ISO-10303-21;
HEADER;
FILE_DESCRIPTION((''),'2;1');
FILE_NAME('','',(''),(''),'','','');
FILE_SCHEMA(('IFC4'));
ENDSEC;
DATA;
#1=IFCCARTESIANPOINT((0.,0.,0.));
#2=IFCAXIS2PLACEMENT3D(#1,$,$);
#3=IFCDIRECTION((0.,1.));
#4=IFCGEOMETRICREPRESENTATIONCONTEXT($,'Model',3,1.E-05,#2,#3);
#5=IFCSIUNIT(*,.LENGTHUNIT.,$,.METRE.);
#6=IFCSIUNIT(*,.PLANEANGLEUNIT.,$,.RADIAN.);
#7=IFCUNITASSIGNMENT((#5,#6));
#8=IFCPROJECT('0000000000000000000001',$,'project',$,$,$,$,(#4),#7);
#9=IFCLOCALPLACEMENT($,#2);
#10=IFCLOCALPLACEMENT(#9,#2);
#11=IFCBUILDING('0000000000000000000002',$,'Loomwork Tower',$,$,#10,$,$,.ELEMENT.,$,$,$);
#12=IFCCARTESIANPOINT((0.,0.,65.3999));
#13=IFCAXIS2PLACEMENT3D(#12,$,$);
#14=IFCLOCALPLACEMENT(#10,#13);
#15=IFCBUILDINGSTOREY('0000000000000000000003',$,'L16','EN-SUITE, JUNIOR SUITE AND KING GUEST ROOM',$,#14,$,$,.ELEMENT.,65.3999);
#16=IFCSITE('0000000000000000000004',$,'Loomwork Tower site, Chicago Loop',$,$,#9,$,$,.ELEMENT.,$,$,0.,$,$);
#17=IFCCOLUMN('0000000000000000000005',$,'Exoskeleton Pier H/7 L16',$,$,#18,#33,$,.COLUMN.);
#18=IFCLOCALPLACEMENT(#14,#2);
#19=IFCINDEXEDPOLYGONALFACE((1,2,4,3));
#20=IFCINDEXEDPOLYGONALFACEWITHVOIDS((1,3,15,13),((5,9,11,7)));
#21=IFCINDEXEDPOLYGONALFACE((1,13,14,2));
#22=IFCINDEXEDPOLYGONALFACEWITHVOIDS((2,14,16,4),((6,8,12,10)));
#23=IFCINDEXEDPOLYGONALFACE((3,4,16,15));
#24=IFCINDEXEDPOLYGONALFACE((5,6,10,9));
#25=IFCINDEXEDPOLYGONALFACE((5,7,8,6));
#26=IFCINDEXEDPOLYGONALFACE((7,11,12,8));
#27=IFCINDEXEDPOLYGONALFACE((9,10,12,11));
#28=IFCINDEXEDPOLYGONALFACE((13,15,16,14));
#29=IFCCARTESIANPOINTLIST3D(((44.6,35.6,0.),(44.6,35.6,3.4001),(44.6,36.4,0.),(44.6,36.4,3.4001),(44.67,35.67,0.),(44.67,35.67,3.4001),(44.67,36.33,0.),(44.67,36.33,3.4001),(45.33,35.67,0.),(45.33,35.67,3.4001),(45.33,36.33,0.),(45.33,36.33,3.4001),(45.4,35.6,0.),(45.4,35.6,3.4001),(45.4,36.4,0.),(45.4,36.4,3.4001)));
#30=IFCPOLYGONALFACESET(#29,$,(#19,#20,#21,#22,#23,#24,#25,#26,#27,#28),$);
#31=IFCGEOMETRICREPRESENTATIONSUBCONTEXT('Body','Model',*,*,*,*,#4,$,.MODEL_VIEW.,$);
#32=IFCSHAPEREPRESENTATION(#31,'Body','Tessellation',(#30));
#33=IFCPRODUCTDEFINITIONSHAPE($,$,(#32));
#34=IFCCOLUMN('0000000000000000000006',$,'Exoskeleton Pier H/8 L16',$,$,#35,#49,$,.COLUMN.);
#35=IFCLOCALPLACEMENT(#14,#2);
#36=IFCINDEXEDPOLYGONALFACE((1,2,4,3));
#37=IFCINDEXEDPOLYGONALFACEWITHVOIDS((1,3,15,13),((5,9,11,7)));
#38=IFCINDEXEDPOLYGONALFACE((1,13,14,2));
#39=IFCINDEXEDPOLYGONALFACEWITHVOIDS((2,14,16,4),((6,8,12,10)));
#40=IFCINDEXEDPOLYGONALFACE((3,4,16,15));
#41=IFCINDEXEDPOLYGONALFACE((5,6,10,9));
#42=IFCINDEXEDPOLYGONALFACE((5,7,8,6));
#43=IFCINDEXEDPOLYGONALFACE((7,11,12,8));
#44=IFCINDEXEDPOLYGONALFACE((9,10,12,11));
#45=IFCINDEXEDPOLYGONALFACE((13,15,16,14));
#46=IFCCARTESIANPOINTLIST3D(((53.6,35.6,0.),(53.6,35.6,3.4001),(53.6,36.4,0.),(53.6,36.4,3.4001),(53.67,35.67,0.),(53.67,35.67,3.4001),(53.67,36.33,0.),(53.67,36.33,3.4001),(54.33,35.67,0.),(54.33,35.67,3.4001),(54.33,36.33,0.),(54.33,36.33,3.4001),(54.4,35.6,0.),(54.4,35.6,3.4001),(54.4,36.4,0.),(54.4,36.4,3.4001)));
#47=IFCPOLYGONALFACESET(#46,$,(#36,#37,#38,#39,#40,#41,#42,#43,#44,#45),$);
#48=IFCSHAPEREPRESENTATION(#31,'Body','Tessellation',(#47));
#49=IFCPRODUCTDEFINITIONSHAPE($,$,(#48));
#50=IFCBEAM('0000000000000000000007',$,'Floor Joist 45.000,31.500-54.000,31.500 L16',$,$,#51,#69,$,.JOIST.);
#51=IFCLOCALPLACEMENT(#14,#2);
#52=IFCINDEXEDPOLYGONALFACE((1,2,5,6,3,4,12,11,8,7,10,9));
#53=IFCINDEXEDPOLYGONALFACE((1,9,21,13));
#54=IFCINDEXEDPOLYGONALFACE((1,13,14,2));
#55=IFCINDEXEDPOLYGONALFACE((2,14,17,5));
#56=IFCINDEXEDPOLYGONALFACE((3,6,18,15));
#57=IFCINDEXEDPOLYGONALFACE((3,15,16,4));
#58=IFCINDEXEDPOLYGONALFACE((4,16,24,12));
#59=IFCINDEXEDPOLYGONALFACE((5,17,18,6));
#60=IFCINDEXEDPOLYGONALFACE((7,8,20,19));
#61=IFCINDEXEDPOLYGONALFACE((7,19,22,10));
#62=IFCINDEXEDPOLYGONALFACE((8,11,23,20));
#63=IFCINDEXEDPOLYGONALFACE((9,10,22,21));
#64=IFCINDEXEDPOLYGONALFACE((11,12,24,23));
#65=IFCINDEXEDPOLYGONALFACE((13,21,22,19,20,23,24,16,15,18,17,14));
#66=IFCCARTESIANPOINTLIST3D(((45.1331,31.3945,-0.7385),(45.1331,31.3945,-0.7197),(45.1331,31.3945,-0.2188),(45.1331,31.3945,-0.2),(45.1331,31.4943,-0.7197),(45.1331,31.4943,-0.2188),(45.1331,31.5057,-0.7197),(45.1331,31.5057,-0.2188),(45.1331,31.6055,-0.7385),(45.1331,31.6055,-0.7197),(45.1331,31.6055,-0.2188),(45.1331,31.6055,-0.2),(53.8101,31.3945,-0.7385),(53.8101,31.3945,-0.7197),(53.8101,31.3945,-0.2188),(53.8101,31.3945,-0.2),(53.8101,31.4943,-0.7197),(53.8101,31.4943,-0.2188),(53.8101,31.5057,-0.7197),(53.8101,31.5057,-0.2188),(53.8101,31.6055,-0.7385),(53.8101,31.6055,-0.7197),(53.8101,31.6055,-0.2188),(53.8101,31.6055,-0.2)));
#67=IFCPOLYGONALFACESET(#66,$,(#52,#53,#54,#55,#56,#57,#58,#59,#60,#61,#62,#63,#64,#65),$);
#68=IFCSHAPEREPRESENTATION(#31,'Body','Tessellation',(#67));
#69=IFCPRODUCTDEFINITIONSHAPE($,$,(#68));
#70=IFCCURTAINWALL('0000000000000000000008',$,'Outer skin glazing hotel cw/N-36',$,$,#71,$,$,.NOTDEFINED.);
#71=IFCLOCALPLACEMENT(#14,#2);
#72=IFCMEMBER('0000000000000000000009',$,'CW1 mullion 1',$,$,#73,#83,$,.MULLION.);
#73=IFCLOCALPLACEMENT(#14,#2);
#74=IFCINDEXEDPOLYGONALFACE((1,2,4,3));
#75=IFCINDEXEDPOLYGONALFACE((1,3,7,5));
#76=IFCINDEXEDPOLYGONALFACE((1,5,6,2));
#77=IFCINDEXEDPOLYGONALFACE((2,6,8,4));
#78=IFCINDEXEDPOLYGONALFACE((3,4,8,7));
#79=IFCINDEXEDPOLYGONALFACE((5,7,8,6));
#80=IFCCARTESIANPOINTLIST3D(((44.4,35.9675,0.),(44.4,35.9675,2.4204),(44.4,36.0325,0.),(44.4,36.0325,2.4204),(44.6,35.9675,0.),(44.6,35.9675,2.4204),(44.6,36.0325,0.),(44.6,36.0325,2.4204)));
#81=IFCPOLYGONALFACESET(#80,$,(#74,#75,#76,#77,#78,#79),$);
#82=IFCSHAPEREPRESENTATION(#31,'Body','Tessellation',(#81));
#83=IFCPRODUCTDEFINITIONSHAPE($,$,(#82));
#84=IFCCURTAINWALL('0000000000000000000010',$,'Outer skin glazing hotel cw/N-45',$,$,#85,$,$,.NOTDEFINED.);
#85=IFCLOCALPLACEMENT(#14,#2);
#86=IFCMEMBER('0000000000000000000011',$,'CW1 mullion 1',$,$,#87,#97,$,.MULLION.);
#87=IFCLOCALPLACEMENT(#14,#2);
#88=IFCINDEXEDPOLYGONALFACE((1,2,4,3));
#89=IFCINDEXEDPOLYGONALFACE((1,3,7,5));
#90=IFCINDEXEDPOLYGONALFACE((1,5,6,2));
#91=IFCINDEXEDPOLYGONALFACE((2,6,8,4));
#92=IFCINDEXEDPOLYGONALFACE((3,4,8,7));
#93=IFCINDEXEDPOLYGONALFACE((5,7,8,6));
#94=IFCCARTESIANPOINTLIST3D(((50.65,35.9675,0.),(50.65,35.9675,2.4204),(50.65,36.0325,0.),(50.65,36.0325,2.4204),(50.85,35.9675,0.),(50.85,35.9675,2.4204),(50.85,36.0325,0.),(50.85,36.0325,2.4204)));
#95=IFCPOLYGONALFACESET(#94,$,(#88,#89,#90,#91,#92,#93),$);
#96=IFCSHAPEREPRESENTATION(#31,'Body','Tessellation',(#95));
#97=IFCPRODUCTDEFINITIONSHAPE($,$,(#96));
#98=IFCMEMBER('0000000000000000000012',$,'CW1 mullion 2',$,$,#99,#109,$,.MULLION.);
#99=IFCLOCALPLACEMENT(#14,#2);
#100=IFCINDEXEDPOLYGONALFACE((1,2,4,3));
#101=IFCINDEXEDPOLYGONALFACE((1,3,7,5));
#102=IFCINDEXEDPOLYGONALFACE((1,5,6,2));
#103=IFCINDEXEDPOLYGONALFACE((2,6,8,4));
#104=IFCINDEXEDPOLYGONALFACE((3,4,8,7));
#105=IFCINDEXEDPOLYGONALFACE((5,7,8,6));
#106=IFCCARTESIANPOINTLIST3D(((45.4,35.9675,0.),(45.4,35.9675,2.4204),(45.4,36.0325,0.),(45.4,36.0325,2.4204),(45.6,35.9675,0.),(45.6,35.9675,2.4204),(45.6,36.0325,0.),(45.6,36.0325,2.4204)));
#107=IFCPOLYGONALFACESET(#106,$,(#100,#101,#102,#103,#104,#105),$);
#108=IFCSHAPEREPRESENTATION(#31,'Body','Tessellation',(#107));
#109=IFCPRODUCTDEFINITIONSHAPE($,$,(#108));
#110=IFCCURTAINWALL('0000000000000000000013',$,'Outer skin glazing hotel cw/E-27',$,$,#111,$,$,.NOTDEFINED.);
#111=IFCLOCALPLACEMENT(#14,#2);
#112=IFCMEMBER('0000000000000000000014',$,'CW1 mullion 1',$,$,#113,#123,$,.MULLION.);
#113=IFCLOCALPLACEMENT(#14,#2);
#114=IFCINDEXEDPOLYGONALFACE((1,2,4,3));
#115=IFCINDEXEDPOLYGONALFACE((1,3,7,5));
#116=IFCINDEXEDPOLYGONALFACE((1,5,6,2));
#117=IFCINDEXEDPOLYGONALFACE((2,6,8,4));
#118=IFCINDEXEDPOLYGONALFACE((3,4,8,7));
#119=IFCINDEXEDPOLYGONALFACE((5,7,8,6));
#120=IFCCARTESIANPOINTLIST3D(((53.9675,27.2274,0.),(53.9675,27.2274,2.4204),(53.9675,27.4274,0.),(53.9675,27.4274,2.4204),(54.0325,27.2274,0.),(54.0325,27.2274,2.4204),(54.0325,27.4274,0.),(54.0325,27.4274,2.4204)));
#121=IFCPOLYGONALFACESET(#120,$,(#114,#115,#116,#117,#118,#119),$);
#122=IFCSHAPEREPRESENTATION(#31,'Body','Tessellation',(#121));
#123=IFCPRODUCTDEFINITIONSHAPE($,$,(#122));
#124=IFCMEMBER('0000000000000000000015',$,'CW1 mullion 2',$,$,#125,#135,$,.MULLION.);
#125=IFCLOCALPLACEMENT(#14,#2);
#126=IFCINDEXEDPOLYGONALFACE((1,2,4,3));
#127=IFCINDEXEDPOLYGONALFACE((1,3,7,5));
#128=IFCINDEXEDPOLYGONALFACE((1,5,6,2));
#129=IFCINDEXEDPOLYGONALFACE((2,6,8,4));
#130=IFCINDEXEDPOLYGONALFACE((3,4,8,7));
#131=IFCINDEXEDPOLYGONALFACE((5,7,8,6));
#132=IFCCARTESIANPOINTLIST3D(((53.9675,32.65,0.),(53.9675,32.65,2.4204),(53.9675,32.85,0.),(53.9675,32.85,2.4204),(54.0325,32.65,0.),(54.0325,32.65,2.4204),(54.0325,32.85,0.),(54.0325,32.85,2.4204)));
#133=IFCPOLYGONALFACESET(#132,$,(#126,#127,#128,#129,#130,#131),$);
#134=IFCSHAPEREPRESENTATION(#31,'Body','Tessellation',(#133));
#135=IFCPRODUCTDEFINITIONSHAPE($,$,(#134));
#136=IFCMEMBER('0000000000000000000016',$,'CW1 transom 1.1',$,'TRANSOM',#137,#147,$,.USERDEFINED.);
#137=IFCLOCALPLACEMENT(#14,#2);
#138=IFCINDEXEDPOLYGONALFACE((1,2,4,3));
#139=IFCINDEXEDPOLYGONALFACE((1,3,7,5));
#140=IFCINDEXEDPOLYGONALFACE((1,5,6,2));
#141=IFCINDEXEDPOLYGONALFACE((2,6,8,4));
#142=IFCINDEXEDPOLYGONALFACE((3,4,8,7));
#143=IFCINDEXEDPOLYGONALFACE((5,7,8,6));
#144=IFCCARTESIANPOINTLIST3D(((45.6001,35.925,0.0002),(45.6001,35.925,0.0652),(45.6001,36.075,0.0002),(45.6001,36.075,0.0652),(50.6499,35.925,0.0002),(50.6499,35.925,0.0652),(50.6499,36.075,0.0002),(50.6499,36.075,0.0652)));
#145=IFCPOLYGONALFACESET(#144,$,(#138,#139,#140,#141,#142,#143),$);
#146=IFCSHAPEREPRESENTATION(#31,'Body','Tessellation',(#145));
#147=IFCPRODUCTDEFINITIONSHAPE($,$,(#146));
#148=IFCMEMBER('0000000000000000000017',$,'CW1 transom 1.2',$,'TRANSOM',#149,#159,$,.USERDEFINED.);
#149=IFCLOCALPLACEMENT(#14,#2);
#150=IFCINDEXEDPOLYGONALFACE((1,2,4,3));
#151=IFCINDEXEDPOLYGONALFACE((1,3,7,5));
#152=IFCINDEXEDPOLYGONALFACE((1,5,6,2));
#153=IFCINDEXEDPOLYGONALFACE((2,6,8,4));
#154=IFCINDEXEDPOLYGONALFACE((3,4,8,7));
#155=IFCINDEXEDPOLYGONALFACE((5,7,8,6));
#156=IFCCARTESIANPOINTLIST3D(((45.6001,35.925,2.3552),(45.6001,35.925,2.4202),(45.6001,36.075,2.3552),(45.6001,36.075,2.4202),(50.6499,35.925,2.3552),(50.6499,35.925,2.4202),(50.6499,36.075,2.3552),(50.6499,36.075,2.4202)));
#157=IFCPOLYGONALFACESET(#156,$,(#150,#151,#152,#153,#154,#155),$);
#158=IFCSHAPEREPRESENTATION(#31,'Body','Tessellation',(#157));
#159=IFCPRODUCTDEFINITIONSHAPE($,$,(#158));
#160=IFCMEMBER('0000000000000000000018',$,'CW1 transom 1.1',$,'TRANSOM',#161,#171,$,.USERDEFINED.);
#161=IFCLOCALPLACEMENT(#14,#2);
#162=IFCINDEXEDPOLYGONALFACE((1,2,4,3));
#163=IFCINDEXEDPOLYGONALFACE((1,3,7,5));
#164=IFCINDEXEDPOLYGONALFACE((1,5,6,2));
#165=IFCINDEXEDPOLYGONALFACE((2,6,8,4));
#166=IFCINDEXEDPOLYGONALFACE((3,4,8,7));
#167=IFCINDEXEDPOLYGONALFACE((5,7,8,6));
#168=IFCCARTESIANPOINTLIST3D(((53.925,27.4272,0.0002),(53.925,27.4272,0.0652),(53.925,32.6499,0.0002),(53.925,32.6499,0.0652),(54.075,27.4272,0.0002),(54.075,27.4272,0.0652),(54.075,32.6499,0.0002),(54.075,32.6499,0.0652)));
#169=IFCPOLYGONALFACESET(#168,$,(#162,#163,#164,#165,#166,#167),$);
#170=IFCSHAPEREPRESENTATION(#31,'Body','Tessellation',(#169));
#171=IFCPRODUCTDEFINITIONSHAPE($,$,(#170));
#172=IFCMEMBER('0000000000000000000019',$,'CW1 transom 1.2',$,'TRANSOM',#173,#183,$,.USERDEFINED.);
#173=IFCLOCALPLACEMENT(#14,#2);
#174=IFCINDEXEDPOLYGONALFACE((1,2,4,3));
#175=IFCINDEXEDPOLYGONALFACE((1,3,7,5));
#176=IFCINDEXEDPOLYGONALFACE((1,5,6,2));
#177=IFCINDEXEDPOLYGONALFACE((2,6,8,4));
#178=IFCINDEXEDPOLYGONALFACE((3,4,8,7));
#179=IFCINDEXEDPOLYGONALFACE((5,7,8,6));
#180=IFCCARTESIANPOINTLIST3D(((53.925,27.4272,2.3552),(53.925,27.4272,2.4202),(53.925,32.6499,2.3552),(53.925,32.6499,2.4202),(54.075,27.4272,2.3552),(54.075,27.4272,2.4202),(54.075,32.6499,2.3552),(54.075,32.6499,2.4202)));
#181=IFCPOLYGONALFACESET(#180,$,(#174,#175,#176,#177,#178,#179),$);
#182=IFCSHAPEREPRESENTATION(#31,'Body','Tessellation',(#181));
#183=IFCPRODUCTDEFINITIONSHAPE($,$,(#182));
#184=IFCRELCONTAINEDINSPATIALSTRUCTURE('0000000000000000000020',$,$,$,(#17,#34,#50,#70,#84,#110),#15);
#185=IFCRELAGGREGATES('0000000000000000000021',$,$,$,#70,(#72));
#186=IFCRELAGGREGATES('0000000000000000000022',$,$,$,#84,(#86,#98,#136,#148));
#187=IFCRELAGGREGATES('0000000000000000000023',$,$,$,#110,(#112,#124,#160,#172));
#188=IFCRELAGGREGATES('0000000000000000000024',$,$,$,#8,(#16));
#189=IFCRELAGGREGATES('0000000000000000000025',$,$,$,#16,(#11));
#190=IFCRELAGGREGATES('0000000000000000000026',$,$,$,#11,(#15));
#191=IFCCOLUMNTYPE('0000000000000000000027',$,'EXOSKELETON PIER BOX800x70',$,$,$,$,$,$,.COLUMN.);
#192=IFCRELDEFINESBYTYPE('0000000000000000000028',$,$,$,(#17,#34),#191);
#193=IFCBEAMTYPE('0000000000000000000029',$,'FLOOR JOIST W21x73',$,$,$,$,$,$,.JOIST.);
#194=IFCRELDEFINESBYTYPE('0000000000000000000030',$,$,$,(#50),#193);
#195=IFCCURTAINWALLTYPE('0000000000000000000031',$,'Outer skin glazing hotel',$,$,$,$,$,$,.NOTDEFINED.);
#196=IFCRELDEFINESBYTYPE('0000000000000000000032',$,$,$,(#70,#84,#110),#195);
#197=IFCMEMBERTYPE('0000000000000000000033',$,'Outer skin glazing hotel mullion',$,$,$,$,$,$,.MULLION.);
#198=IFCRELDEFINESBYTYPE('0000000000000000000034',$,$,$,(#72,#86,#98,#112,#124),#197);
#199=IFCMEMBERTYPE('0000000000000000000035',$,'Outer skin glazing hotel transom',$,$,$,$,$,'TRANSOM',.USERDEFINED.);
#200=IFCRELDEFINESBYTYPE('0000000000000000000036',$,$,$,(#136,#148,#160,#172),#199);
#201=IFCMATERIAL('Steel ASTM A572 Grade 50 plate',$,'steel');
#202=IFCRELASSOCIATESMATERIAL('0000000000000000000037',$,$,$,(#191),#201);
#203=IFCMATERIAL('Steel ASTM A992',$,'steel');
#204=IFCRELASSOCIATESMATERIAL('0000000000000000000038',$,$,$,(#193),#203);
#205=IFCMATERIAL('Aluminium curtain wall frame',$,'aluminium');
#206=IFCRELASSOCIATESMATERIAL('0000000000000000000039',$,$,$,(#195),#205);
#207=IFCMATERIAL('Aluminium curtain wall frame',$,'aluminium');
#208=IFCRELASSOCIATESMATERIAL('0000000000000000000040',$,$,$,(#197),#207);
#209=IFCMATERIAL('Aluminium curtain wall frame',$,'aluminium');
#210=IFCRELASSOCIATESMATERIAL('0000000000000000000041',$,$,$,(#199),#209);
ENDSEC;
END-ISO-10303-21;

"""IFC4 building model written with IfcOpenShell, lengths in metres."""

from ifc_helpers import new_model, si_unit, direction, frame, origin, origin_2d, place, context, subcontext, project, spatial, rectangle, hollow_rectangle, i_section, extrude, material, material_profile, profile_set, type_object, element, aggregate, save


model = new_model("IFC4")

# Units and contexts
model_context = context("Model", 3, precision=1e-05, world=origin(), true_north=direction((0.0, 1.0)))
body_context = subcontext(model_context, "Body", "Model", "MODEL_VIEW")
ifc_project = project(units=[si_unit("LENGTHUNIT", "METRE"), si_unit("PLANEANGLEUNIT", "RADIAN")], contexts=[model_context])

# Site, building, storey
site_placement = place(None, origin())
site = spatial("IfcSite", under=ifc_project, at=site_placement, Name="Loomwork Tower site, Chicago Loop", CompositionType="ELEMENT", RefElevation=0.0)
building_placement = place(site_placement, origin())
building = spatial("IfcBuilding", under=site, at=building_placement, Name="Loomwork Tower", CompositionType="ELEMENT")
storey_placement = place(building_placement, frame((0.0, 0.0, 65.3999)))
storey = spatial("IfcBuildingStorey", under=building, at=storey_placement, Name="L16", Description="EN-SUITE, JUNIOR SUITE AND KING GUEST ROOM", CompositionType="ELEMENT", Elevation=65.3999)

# Columns
ifc_material_1 = material(Name="Steel ASTM A572 Grade 50 plate", Category="steel")
ifc_material_profile_1 = material_profile(ifc_material_1, hollow_rectangle(XDim=0.8, YDim=0.8, WallThickness=0.0701, at=origin_2d()), Name="BOX800x70")
ifc_profile_set_1 = profile_set([ifc_material_profile_1], Name="Steel ASTM A572 Grade 50 plate")
column_type = type_object("IfcColumnType", Name="EXOSKELETON PIER BOX800x70", PredefinedType="COLUMN", material=ifc_profile_set_1)
for number, where, z_axis, x_axis, name in (
    (1, (45.0, 36.0, 0.0), (0.0, 0.0, 1.0), (1.0, 0.0, 0.0), "Exoskeleton Pier H/7 L16"),
    (2, (54.0, 36.0, 0.0), (0.0, 0.0, 1.0), (1.0, 0.0, 0.0), "Exoskeleton Pier H/8 L16"),
):
    element("IfcColumn", number, at=place(storey_placement, frame(where, z_axis=z_axis, x_axis=x_axis)), inside=storey, type_object=column_type, Name=name, PredefinedType="COLUMN", context=body_context, shape_type="SweptSolid", body=[
        extrude(hollow_rectangle(XDim=0.8, YDim=0.8, WallThickness=0.0701, at=origin_2d()), origin(), (0.0, 0.0, 1.0), 3.4001),
    ])

# Beam
ifc_material_2 = material(Name="Steel ASTM A992", Category="steel")
ifc_material_profile_2 = material_profile(ifc_material_2, i_section(OverallWidth=0.2109, OverallDepth=0.5386, WebThickness=0.0115, FlangeThickness=0.0188, at=origin_2d()), Name="W21x73")
ifc_profile_set_2 = profile_set([ifc_material_profile_2], Name="Steel ASTM A992")
beam_type_1 = type_object("IfcBeamType", Name="FLOOR JOIST W21x73", PredefinedType="JOIST", material=ifc_profile_set_2)
beam_1_placement = place(storey_placement, frame((45.1331, 31.5, -0.4692), z_axis=(1.0, 0.0, 0.0), x_axis=(0.0, 1.0, 0.0)))
element("IfcBeam", 3, at=beam_1_placement, inside=storey, type_object=beam_type_1, Name="Floor Joist 45.000,31.500-54.000,31.500 L16", PredefinedType="JOIST", context=body_context, shape_type="SweptSolid", body=[
    extrude(i_section(OverallWidth=0.2109, OverallDepth=0.5386, WebThickness=0.0115, FlangeThickness=0.0188, at=origin_2d()), origin(), (0.0, 0.0, 1.0), 8.677),
])

# Curtain wall, member
ifc_material_3 = material(Name="Aluminium curtain wall frame", Category="aluminium")
curtain_wall_type = type_object("IfcCurtainWallType", Name="Outer skin glazing hotel", PredefinedType="NOTDEFINED", material=ifc_material_3)
curtain_wall_1_placement = place(storey_placement, origin())
curtain_wall_1 = element("IfcCurtainWall", 4, at=curtain_wall_1_placement, inside=storey, type_object=curtain_wall_type, Name="Outer skin glazing hotel cw/N-36", PredefinedType="NOTDEFINED")
ifc_material_4 = material(Name="Aluminium curtain wall frame", Category="aluminium")
ifc_material_profile_3 = material_profile(ifc_material_4, rectangle(XDim=0.0649, YDim=0.2, at=origin_2d()), Name="AL 65x200")
ifc_profile_set_3 = profile_set([ifc_material_profile_3], Name="Aluminium curtain wall frame")
member_type_1 = type_object("IfcMemberType", Name="Outer skin glazing hotel mullion", PredefinedType="MULLION", material=ifc_profile_set_3)
member_1_placement = place(storey_placement, frame((44.5, 36.0, 0.0), z_axis=(0.0, 0.0, 1.0), x_axis=(0.0, -1.0, 0.0)))
member_1 = element("IfcMember", 5, at=member_1_placement, type_object=member_type_1, Name="CW1 mullion 1", PredefinedType="MULLION", context=body_context, shape_type="SweptSolid", body=[
    extrude(rectangle(XDim=0.0649, YDim=0.2, at=origin_2d()), origin(), (0.0, 0.0, 1.0), 2.4204),
])
aggregate(curtain_wall_1, [member_1])

# Curtain walls, members
curtain_wall_2_placement = place(storey_placement, origin())
curtain_wall_2 = element("IfcCurtainWall", 6, at=curtain_wall_2_placement, inside=storey, type_object=curtain_wall_type, Name="Outer skin glazing hotel cw/N-45", PredefinedType="NOTDEFINED")
member_2_placement = place(storey_placement, frame((50.75, 36.0, 0.0), z_axis=(0.0, 0.0, 1.0), x_axis=(0.0, -1.0, 0.0)))
member_2 = element("IfcMember", 7, at=member_2_placement, type_object=member_type_1, Name="CW1 mullion 1", PredefinedType="MULLION", context=body_context, shape_type="SweptSolid", body=[
    extrude(rectangle(XDim=0.0649, YDim=0.2, at=origin_2d()), origin(), (0.0, 0.0, 1.0), 2.4204),
])
member_3_placement = place(storey_placement, frame((45.5, 36.0, 0.0), z_axis=(0.0, 0.0, 1.0), x_axis=(0.0, -1.0, 0.0)))
member_3 = element("IfcMember", 8, at=member_3_placement, type_object=member_type_1, Name="CW1 mullion 2", PredefinedType="MULLION", context=body_context, shape_type="SweptSolid", body=[
    extrude(rectangle(XDim=0.0649, YDim=0.2, at=origin_2d()), origin(), (0.0, 0.0, 1.0), 2.4204),
])
curtain_wall_3_placement = place(storey_placement, origin())
curtain_wall_3 = element("IfcCurtainWall", 9, at=curtain_wall_3_placement, inside=storey, type_object=curtain_wall_type, Name="Outer skin glazing hotel cw/E-27", PredefinedType="NOTDEFINED")
member_4_placement = place(storey_placement, frame((54.0, 27.3274, 0.0), z_axis=(0.0, 0.0, 1.0), x_axis=(-1.0, 0.0, 0.0)))
member_4 = element("IfcMember", 10, at=member_4_placement, type_object=member_type_1, Name="CW1 mullion 1", PredefinedType="MULLION", context=body_context, shape_type="SweptSolid", body=[
    extrude(rectangle(XDim=0.0649, YDim=0.2, at=origin_2d()), origin(), (0.0, 0.0, 1.0), 2.4204),
])
member_5_placement = place(storey_placement, frame((54.0, 32.75, 0.0), z_axis=(0.0, 0.0, 1.0), x_axis=(-1.0, 0.0, 0.0)))
member_5 = element("IfcMember", 11, at=member_5_placement, type_object=member_type_1, Name="CW1 mullion 2", PredefinedType="MULLION", context=body_context, shape_type="SweptSolid", body=[
    extrude(rectangle(XDim=0.0649, YDim=0.2, at=origin_2d()), origin(), (0.0, 0.0, 1.0), 2.4204),
])

# Members
ifc_material_5 = material(Name="Aluminium curtain wall frame", Category="aluminium")
ifc_material_profile_4 = material_profile(ifc_material_5, rectangle(XDim=0.1499, YDim=0.0649, at=origin_2d()), Name="AL 65x150")
ifc_profile_set_4 = profile_set([ifc_material_profile_4], Name="Aluminium curtain wall frame")
member_type_2 = type_object("IfcMemberType", Name="Outer skin glazing hotel transom", ElementType="TRANSOM", PredefinedType="USERDEFINED", material=ifc_profile_set_4)
member_6_placement = place(storey_placement, frame((50.6499, 36.0, 0.0327), z_axis=(-1.0, 0.0, 0.0), x_axis=(0.0, -1.0, 0.0)))
member_6 = element("IfcMember", 12, at=member_6_placement, type_object=member_type_2, Name="CW1 transom 1.1", ObjectType="TRANSOM", PredefinedType="USERDEFINED", context=body_context, shape_type="SweptSolid", body=[
    extrude(rectangle(XDim=0.1499, YDim=0.0649, at=origin_2d()), origin(), (0.0, 0.0, 1.0), 5.0498),
])
member_7_placement = place(storey_placement, frame((50.6499, 36.0, 2.3877), z_axis=(-1.0, 0.0, 0.0), x_axis=(0.0, -1.0, 0.0)))
member_7 = element("IfcMember", 13, at=member_7_placement, type_object=member_type_2, Name="CW1 transom 1.2", ObjectType="TRANSOM", PredefinedType="USERDEFINED", context=body_context, shape_type="SweptSolid", body=[
    extrude(rectangle(XDim=0.1499, YDim=0.0649, at=origin_2d()), origin(), (0.0, 0.0, 1.0), 5.0498),
])
member_8_placement = place(storey_placement, frame((54.0, 27.4272, 0.0327), z_axis=(0.0, 1.0, 0.0), x_axis=(-1.0, 0.0, 0.0)))
member_8 = element("IfcMember", 14, at=member_8_placement, type_object=member_type_2, Name="CW1 transom 1.1", ObjectType="TRANSOM", PredefinedType="USERDEFINED", context=body_context, shape_type="SweptSolid", body=[
    extrude(rectangle(XDim=0.1499, YDim=0.0649, at=origin_2d()), origin(), (0.0, 0.0, 1.0), 5.2227),
])
member_9_placement = place(storey_placement, frame((54.0, 27.4272, 2.3877), z_axis=(0.0, 1.0, 0.0), x_axis=(-1.0, 0.0, 0.0)))
member_9 = element("IfcMember", 15, at=member_9_placement, type_object=member_type_2, Name="CW1 transom 1.2", ObjectType="TRANSOM", PredefinedType="USERDEFINED", context=body_context, shape_type="SweptSolid", body=[
    extrude(rectangle(XDim=0.1499, YDim=0.0649, at=origin_2d()), origin(), (0.0, 0.0, 1.0), 5.2227),
])

aggregate(curtain_wall_2, [member_2, member_3, member_6, member_7])
aggregate(curtain_wall_3, [member_4, member_5, member_8, member_9])

save(model, "model.ifc")
